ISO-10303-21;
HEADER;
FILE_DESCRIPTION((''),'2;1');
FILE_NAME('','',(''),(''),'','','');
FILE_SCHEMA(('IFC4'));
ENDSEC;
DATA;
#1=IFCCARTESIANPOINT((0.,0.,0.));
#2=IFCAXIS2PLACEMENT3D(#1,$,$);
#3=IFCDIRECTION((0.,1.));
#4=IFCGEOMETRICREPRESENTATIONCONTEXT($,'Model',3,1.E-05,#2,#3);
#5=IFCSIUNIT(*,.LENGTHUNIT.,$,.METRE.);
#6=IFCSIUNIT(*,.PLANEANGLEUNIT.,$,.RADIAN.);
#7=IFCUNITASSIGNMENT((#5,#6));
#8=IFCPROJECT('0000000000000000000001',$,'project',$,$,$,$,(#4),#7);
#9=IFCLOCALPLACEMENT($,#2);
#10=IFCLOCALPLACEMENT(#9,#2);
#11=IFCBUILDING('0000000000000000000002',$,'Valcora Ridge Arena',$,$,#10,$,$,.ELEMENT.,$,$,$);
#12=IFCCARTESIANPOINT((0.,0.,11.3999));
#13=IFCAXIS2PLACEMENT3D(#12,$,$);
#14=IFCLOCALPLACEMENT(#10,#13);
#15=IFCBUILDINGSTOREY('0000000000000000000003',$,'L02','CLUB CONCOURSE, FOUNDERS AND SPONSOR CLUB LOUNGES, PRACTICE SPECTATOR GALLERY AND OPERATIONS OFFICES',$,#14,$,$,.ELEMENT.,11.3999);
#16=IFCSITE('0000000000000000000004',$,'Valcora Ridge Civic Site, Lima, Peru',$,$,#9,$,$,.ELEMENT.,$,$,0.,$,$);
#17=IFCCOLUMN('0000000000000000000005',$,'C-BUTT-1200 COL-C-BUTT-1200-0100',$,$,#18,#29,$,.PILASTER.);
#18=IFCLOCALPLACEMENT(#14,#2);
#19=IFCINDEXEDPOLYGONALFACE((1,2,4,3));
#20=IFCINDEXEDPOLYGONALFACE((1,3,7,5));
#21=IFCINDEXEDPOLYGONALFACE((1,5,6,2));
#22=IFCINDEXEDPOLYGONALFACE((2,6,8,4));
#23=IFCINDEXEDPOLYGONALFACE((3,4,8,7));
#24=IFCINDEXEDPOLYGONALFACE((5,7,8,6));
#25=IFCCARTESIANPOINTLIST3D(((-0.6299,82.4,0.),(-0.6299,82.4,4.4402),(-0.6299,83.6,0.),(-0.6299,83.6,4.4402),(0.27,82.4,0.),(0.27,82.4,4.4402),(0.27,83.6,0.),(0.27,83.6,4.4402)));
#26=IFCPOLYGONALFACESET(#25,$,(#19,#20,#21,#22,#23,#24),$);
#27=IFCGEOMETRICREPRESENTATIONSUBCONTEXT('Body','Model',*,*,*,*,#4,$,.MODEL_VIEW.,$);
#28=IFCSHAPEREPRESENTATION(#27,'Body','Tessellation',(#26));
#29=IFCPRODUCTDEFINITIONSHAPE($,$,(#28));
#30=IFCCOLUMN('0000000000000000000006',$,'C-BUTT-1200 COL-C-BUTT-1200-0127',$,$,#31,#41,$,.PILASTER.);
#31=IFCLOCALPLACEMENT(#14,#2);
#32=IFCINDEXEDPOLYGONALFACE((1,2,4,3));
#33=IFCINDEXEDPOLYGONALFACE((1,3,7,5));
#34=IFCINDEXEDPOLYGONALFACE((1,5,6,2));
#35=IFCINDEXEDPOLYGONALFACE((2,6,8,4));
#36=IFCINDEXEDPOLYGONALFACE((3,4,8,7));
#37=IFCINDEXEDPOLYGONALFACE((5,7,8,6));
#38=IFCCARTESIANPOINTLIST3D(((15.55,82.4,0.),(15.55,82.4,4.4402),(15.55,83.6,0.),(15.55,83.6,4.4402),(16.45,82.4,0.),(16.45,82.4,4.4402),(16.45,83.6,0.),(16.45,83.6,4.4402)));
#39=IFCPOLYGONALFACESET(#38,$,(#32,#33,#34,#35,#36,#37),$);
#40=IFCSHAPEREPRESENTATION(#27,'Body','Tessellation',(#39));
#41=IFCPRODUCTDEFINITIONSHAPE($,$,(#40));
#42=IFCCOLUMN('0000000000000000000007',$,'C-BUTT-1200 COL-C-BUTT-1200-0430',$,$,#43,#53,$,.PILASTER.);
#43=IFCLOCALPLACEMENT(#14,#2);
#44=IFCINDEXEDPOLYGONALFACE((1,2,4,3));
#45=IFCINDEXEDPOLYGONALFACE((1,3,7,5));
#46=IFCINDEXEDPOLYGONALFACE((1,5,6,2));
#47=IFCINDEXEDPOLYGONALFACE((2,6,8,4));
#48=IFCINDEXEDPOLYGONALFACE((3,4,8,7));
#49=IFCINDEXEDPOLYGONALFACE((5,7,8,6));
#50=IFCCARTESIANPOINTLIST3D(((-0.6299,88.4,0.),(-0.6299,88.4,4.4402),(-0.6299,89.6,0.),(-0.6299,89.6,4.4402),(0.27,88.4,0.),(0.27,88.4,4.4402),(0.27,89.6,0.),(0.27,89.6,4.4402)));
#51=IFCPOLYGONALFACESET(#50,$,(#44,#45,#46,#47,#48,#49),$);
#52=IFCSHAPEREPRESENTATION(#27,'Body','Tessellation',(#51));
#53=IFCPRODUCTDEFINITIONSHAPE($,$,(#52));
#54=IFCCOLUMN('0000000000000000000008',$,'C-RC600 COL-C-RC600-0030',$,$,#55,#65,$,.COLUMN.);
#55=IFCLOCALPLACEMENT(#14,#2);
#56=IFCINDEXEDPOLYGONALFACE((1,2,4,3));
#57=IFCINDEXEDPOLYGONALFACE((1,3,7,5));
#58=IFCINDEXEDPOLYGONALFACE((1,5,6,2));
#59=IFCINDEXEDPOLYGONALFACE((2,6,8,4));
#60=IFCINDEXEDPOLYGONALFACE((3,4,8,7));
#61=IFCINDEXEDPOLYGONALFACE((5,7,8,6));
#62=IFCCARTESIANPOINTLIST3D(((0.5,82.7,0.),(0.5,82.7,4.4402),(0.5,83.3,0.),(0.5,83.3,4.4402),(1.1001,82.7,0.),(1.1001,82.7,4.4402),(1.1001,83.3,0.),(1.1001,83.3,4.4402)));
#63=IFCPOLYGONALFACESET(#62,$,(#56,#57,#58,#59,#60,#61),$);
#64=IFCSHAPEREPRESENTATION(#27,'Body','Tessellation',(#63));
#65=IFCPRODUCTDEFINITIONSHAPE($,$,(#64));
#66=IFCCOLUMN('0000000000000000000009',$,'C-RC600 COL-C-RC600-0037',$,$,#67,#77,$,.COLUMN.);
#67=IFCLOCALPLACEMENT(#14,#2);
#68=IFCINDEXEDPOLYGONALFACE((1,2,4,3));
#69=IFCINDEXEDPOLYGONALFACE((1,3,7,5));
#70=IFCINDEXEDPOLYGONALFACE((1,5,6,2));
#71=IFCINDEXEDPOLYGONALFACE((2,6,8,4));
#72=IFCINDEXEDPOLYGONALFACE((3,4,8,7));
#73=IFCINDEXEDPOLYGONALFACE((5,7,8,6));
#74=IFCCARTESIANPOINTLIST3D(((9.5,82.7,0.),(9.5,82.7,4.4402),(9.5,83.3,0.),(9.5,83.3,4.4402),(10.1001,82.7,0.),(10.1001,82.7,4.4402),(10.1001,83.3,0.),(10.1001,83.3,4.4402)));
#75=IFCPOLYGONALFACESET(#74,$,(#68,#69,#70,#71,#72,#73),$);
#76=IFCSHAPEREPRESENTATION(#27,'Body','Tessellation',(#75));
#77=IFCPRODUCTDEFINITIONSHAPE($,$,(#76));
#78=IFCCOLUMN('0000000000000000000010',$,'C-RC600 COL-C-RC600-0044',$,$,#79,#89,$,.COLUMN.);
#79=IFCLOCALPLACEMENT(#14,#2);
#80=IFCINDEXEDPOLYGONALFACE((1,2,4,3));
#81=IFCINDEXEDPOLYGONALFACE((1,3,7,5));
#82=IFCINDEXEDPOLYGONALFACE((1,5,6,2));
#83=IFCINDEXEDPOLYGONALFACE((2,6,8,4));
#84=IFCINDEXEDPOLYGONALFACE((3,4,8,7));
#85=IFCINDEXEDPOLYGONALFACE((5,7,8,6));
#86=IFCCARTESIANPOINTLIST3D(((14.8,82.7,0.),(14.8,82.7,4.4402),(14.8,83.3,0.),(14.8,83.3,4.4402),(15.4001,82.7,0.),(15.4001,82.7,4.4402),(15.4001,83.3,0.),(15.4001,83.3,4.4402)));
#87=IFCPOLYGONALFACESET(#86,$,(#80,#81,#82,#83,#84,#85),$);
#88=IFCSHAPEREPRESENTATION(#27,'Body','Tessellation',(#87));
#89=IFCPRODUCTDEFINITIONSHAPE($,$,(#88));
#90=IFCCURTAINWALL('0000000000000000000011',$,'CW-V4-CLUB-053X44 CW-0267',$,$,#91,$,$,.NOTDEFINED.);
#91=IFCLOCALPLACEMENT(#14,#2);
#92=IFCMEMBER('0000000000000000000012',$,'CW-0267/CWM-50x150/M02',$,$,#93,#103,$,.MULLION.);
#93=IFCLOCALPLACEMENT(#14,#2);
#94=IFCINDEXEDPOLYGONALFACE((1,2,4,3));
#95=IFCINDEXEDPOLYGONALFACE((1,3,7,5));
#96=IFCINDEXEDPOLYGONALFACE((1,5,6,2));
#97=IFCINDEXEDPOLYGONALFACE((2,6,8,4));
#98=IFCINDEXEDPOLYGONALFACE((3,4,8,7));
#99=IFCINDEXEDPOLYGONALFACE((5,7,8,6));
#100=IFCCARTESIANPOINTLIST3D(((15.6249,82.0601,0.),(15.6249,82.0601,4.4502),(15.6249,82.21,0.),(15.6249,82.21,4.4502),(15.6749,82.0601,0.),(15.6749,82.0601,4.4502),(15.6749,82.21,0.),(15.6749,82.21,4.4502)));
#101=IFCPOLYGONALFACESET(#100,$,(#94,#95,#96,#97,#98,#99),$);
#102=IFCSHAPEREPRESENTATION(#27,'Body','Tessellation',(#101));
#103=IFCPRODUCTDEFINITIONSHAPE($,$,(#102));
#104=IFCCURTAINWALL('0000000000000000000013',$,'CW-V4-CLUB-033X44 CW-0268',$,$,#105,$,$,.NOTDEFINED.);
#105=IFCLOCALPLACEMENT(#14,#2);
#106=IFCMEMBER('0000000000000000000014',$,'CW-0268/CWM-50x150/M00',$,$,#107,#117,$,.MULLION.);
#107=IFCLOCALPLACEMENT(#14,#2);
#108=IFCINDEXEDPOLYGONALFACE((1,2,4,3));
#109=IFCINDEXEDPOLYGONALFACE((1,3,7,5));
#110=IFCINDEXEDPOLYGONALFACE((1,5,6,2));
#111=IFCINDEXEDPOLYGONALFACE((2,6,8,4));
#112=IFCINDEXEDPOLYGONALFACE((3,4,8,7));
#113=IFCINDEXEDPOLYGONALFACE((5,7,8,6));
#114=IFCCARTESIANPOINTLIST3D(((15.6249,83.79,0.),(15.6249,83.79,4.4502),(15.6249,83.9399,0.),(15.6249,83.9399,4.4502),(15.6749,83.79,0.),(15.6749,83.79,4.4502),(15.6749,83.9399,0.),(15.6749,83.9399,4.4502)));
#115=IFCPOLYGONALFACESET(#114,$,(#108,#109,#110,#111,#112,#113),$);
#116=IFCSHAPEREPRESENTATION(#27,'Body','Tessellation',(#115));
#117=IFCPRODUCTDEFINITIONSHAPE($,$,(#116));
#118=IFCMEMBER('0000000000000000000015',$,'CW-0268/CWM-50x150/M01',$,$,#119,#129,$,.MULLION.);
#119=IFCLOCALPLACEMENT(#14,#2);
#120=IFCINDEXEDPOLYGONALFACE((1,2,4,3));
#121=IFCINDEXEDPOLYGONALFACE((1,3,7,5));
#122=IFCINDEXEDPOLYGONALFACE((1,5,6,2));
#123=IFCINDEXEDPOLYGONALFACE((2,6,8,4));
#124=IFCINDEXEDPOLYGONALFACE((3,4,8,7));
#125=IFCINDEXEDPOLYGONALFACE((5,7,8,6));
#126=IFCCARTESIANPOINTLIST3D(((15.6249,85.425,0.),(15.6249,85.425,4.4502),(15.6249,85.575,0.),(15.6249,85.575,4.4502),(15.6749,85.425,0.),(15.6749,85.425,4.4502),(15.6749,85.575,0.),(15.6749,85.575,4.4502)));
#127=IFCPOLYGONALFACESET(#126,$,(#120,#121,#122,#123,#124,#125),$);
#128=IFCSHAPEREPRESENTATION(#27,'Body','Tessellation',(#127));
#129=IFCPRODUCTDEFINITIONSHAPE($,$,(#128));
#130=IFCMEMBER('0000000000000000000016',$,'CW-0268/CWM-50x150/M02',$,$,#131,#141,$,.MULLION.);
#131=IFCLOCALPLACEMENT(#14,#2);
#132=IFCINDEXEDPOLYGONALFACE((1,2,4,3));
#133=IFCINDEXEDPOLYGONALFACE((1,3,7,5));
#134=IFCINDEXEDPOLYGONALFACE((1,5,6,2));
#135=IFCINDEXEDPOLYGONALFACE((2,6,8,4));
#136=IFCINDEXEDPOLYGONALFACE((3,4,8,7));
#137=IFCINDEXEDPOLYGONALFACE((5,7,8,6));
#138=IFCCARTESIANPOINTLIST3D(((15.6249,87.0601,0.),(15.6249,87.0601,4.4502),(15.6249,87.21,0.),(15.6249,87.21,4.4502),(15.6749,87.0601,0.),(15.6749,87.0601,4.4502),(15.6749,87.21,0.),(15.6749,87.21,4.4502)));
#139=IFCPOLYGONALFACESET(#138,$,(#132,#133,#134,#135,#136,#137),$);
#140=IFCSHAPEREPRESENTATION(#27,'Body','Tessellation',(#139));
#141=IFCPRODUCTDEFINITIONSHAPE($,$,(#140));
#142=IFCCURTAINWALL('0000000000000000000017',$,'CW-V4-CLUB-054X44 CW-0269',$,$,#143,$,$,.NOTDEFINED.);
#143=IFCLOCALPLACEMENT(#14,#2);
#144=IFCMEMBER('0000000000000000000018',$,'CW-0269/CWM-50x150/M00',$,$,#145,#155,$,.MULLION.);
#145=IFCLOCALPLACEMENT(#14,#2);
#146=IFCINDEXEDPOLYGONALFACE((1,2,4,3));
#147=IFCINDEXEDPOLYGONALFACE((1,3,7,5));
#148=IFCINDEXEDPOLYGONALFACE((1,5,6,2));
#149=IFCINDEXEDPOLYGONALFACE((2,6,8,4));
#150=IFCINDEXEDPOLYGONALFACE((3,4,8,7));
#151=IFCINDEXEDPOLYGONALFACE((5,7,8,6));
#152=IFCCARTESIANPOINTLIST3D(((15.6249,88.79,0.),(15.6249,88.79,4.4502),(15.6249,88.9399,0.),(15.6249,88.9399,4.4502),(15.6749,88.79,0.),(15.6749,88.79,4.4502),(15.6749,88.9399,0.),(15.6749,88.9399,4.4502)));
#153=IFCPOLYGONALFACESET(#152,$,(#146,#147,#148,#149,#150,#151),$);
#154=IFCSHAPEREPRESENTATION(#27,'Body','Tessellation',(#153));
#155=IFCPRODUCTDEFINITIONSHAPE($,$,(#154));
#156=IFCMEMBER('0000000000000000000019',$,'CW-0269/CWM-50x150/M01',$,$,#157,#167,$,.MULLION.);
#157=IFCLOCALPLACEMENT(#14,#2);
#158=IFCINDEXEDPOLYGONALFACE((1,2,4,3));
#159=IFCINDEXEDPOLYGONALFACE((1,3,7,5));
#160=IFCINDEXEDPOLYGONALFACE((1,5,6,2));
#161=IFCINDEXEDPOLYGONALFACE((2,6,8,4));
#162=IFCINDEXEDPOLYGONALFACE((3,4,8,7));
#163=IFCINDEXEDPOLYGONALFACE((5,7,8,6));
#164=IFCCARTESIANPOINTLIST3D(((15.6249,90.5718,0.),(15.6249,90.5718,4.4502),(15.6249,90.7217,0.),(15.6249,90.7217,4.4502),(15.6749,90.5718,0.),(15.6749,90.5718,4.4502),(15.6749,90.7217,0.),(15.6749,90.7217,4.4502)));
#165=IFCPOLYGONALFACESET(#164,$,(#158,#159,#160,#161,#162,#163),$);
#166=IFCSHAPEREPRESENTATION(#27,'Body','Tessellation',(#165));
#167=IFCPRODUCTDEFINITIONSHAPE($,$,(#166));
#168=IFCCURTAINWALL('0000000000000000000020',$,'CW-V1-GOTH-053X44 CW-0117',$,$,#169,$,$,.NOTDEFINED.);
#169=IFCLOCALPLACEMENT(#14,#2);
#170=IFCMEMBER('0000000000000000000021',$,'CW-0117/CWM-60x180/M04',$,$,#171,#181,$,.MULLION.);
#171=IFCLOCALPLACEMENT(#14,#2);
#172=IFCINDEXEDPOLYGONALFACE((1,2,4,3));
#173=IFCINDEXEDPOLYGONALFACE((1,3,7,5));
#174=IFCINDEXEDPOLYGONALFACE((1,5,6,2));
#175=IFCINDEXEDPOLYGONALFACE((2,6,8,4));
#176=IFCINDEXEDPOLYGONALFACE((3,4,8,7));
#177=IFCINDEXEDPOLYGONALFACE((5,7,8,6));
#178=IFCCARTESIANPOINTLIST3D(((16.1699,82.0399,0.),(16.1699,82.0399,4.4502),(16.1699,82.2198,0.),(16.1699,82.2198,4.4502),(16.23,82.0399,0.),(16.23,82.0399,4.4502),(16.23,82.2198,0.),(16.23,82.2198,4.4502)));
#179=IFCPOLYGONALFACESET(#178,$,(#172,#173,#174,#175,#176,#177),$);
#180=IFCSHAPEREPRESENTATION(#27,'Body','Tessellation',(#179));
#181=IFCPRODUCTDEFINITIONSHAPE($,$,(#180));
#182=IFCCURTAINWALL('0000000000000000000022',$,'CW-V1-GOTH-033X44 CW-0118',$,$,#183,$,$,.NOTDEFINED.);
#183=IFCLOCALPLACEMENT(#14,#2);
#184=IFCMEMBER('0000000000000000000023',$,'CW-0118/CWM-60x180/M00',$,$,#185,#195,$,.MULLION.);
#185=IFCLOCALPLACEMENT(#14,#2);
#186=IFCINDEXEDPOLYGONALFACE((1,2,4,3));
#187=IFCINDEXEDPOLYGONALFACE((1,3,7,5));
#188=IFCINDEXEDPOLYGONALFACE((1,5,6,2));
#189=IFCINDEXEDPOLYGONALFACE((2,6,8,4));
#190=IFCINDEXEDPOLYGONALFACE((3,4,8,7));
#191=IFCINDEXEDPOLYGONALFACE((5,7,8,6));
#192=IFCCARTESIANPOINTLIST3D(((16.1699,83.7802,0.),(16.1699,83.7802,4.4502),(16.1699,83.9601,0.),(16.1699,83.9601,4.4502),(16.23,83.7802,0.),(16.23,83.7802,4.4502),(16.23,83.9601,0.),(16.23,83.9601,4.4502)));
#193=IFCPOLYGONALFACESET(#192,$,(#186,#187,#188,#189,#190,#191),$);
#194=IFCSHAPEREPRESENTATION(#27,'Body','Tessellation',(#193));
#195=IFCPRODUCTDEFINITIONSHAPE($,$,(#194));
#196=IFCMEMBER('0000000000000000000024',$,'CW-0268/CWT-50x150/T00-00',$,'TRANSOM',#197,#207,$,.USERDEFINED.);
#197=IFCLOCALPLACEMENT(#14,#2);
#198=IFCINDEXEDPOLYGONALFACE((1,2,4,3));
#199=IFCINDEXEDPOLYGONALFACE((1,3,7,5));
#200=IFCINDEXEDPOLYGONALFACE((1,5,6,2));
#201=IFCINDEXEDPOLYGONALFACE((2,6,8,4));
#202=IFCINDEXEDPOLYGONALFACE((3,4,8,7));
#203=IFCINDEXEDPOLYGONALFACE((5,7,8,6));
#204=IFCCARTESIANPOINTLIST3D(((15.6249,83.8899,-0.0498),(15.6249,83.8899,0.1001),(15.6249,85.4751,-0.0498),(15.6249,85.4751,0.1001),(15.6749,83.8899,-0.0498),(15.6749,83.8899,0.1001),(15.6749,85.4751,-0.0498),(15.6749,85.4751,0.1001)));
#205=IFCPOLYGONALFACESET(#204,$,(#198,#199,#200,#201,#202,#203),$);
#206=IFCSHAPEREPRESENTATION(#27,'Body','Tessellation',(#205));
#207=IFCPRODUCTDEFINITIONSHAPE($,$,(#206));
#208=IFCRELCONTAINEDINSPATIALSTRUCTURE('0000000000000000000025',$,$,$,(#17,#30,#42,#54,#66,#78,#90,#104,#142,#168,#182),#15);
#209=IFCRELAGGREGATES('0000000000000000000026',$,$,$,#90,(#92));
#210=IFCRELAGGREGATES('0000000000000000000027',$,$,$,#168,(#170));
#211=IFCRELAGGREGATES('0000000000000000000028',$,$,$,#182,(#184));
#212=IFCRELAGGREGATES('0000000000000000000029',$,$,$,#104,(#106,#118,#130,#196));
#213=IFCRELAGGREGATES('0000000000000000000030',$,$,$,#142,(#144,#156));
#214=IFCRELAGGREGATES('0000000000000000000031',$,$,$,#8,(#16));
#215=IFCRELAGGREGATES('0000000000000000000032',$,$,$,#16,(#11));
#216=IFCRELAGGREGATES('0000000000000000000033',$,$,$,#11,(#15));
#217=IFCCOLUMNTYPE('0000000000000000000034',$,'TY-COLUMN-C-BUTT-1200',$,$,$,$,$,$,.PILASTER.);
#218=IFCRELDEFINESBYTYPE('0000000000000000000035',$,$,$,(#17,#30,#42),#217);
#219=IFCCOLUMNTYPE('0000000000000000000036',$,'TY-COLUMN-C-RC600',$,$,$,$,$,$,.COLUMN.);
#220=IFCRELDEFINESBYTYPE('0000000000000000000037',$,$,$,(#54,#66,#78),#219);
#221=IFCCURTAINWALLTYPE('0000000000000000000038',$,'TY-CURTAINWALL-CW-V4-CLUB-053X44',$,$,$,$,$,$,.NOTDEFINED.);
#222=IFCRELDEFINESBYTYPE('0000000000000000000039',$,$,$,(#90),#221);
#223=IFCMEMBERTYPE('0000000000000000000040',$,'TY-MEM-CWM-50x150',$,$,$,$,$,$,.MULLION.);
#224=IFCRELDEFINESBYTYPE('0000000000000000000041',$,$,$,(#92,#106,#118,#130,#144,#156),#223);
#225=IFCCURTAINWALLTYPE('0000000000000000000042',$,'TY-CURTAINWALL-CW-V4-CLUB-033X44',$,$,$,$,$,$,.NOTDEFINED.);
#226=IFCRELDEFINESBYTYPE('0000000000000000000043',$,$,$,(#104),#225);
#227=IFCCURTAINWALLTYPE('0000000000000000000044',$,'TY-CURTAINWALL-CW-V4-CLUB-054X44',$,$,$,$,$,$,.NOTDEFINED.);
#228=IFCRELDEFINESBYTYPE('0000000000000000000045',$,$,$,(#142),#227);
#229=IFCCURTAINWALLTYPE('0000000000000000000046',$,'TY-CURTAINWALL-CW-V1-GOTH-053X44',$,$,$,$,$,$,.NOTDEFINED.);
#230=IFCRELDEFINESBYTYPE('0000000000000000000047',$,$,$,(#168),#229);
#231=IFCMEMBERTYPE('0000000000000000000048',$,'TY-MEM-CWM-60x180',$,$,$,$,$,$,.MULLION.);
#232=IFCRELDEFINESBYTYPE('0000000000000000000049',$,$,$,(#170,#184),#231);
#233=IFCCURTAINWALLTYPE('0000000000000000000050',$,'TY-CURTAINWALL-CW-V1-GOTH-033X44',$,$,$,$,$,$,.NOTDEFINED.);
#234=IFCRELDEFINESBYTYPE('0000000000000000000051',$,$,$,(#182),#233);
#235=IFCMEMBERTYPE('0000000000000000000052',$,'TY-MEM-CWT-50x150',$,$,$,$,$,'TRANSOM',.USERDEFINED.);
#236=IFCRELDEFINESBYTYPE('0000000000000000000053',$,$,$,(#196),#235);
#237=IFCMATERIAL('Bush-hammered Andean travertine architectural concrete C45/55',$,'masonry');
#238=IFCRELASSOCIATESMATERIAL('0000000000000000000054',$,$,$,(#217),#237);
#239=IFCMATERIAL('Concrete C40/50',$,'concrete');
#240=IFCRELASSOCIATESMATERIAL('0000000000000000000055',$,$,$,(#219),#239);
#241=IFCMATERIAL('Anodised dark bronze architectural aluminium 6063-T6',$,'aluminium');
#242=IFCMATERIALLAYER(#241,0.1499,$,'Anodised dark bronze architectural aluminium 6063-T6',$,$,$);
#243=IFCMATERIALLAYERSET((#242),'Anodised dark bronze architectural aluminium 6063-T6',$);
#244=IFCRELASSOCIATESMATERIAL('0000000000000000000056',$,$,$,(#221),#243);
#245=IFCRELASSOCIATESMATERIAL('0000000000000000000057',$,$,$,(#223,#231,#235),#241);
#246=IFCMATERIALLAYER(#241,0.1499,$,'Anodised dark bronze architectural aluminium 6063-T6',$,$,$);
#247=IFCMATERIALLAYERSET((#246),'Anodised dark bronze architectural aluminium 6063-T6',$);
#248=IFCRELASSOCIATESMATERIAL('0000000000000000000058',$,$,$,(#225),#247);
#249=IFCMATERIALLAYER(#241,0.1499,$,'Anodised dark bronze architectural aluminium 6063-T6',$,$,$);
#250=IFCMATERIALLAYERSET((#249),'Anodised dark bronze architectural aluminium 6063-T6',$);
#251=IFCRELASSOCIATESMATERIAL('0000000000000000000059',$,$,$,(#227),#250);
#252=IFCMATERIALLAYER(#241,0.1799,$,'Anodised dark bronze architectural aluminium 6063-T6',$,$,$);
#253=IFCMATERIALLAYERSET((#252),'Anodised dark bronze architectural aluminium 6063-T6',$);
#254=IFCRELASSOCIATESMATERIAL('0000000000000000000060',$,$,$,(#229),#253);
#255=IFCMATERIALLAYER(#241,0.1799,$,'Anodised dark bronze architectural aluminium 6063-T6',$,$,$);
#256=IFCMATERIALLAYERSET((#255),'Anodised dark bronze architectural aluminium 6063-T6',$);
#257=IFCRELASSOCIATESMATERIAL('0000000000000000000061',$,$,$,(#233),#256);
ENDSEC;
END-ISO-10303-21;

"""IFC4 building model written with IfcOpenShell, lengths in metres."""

from ifc_helpers import new_model, si_unit, direction, frame, origin, origin_2d, place, context, subcontext, project, spatial, rectangle, extrude, material, layer, layer_set, material_profile, profile_set, type_object, element, aggregate, save


model = new_model("IFC4")

# Units and contexts
model_context = context("Model", 3, precision=1e-05, world=origin(), true_north=direction((0.0, 1.0)))
body_context = subcontext(model_context, "Body", "Model", "MODEL_VIEW")
ifc_project = project(units=[si_unit("LENGTHUNIT", "METRE"), si_unit("PLANEANGLEUNIT", "RADIAN")], contexts=[model_context])

# Site, building, storey
site_placement = place(None, origin())
site = spatial("IfcSite", under=ifc_project, at=site_placement, Name="Valcora Ridge Civic Site, Lima, Peru", CompositionType="ELEMENT", RefElevation=0.0)
building_placement = place(site_placement, origin())
building = spatial("IfcBuilding", under=site, at=building_placement, Name="Valcora Ridge Arena", CompositionType="ELEMENT")
storey_placement = place(building_placement, frame((0.0, 0.0, 11.3999)))
storey = spatial("IfcBuildingStorey", under=building, at=storey_placement, Name="L02", Description="CLUB CONCOURSE, FOUNDERS AND SPONSOR CLUB LOUNGES, PRACTICE SPECTATOR GALLERY AND OPERATIONS OFFICES", CompositionType="ELEMENT", Elevation=11.3999)

# Columns
ifc_material_1 = material(Name="Bush-hammered Andean travertine architectural concrete C45/55", Category="masonry")
ifc_material_profile_1 = material_profile(ifc_material_1, rectangle(XDim=0.8999, YDim=1.2, at=origin_2d()), Name="RC 900x1200")
ifc_profile_set_1 = profile_set([ifc_material_profile_1], Name="Bush-hammered Andean travertine architectural concrete C45/55")
column_type_1 = type_object("IfcColumnType", Name="TY-COLUMN-C-BUTT-1200", PredefinedType="PILASTER", material=ifc_profile_set_1)
for number, where, z_axis, x_axis, name in (
    (1, (-0.1799, 83.0, 0.0), (0.0, 0.0, 1.0), (1.0, 0.0, 0.0), "C-BUTT-1200 COL-C-BUTT-1200-0100"),
    (2, (16.0, 83.0, 0.0), (0.0, 0.0, 1.0), (1.0, 0.0, 0.0), "C-BUTT-1200 COL-C-BUTT-1200-0127"),
    (3, (-0.1799, 89.0, 0.0), (0.0, 0.0, 1.0), (1.0, 0.0, 0.0), "C-BUTT-1200 COL-C-BUTT-1200-0430"),
):
    element("IfcColumn", number, at=place(storey_placement, frame(where, z_axis=z_axis, x_axis=x_axis)), inside=storey, type_object=column_type_1, Name=name, PredefinedType="PILASTER", context=body_context, shape_type="SweptSolid", body=[
        extrude(rectangle(XDim=0.8999, YDim=1.2, at=origin_2d()), origin(), (0.0, 0.0, 1.0), 4.4402),
    ])
ifc_material_2 = material(Name="Concrete C40/50", Category="concrete")
ifc_material_profile_2 = material_profile(ifc_material_2, rectangle(XDim=0.6001, YDim=0.6001, at=origin_2d()), Name="RC 600x600")
ifc_profile_set_2 = profile_set([ifc_material_profile_2], Name="Concrete C40/50")
column_type_2 = type_object("IfcColumnType", Name="TY-COLUMN-C-RC600", PredefinedType="COLUMN", material=ifc_profile_set_2)
for number, where, z_axis, x_axis, name in (
    (4, (0.8, 83.0, 0.0), (0.0, 0.0, 1.0), (1.0, 0.0, 0.0), "C-RC600 COL-C-RC600-0030"),
    (5, (9.8, 83.0, 0.0), (0.0, 0.0, 1.0), (1.0, 0.0, 0.0), "C-RC600 COL-C-RC600-0037"),
    (6, (15.1001, 83.0, 0.0), (0.0, 0.0, 1.0), (1.0, 0.0, 0.0), "C-RC600 COL-C-RC600-0044"),
):
    element("IfcColumn", number, at=place(storey_placement, frame(where, z_axis=z_axis, x_axis=x_axis)), inside=storey, type_object=column_type_2, Name=name, PredefinedType="COLUMN", context=body_context, shape_type="SweptSolid", body=[
        extrude(rectangle(XDim=0.6001, YDim=0.6001, at=origin_2d()), origin(), (0.0, 0.0, 1.0), 4.4402),
    ])

# Curtain wall, member
ifc_material_3 = material(Name="Anodised dark bronze architectural aluminium 6063-T6", Category="aluminium")
ifc_layer_1 = layer(ifc_material_3, 0.1499, Name="Anodised dark bronze architectural aluminium 6063-T6")
ifc_layer_set_1 = layer_set([ifc_layer_1], Name="Anodised dark bronze architectural aluminium 6063-T6")
curtain_wall_type_1 = type_object("IfcCurtainWallType", Name="TY-CURTAINWALL-CW-V4-CLUB-053X44", PredefinedType="NOTDEFINED", material=ifc_layer_set_1)
curtain_wall_1_placement = place(storey_placement, origin())
curtain_wall_1 = element("IfcCurtainWall", 7, at=curtain_wall_1_placement, inside=storey, type_object=curtain_wall_type_1, Name="CW-V4-CLUB-053X44 CW-0267", PredefinedType="NOTDEFINED")
ifc_material_profile_3 = material_profile(ifc_material_3, rectangle(XDim=0.05, YDim=0.1499, at=origin_2d()), Name="ALU MULLION 50x150")
ifc_profile_set_3 = profile_set([ifc_material_profile_3], Name="Anodised dark bronze architectural aluminium 6063-T6")
member_type_1 = type_object("IfcMemberType", Name="TY-MEM-CWM-50x150", PredefinedType="MULLION", material=ifc_profile_set_3)
member_1_placement = place(storey_placement, frame((15.6499, 82.135, 0.0), z_axis=(0.0, 0.0, 1.0), x_axis=(-1.0, 0.0, 0.0)))
member_1 = element("IfcMember", 8, at=member_1_placement, type_object=member_type_1, Name="CW-0267/CWM-50x150/M02", PredefinedType="MULLION", context=body_context, shape_type="SweptSolid", body=[
    extrude(rectangle(XDim=0.05, YDim=0.1499, at=origin_2d()), origin(), (0.0, 0.0, 1.0), 4.4502),
])
aggregate(curtain_wall_1, [member_1])

# Curtain walls, members
ifc_layer_2 = layer(ifc_material_3, 0.1499, Name="Anodised dark bronze architectural aluminium 6063-T6")
ifc_layer_set_2 = layer_set([ifc_layer_2], Name="Anodised dark bronze architectural aluminium 6063-T6")
curtain_wall_type_2 = type_object("IfcCurtainWallType", Name="TY-CURTAINWALL-CW-V4-CLUB-033X44", PredefinedType="NOTDEFINED", material=ifc_layer_set_2)
curtain_wall_2_placement = place(storey_placement, origin())
curtain_wall_2 = element("IfcCurtainWall", 9, at=curtain_wall_2_placement, inside=storey, type_object=curtain_wall_type_2, Name="CW-V4-CLUB-033X44 CW-0268", PredefinedType="NOTDEFINED")
member_2_placement = place(storey_placement, frame((15.6499, 83.865, 0.0), z_axis=(0.0, 0.0, 1.0), x_axis=(-1.0, 0.0, 0.0)))
member_2 = element("IfcMember", 10, at=member_2_placement, type_object=member_type_1, Name="CW-0268/CWM-50x150/M00", PredefinedType="MULLION", context=body_context, shape_type="SweptSolid", body=[
    extrude(rectangle(XDim=0.05, YDim=0.1499, at=origin_2d()), origin(), (0.0, 0.0, 1.0), 4.4502),
])
member_3_placement = place(storey_placement, frame((15.6499, 85.5, 0.0), z_axis=(0.0, 0.0, 1.0), x_axis=(-1.0, 0.0, 0.0)))
member_3 = element("IfcMember", 11, at=member_3_placement, type_object=member_type_1, Name="CW-0268/CWM-50x150/M01", PredefinedType="MULLION", context=body_context, shape_type="SweptSolid", body=[
    extrude(rectangle(XDim=0.05, YDim=0.1499, at=origin_2d()), origin(), (0.0, 0.0, 1.0), 4.4502),
])
member_4_placement = place(storey_placement, frame((15.6499, 87.135, 0.0), z_axis=(0.0, 0.0, 1.0), x_axis=(-1.0, 0.0, 0.0)))
member_4 = element("IfcMember", 12, at=member_4_placement, type_object=member_type_1, Name="CW-0268/CWM-50x150/M02", PredefinedType="MULLION", context=body_context, shape_type="SweptSolid", body=[
    extrude(rectangle(XDim=0.05, YDim=0.1499, at=origin_2d()), origin(), (0.0, 0.0, 1.0), 4.4502),
])
ifc_layer_3 = layer(ifc_material_3, 0.1499, Name="Anodised dark bronze architectural aluminium 6063-T6")
ifc_layer_set_3 = layer_set([ifc_layer_3], Name="Anodised dark bronze architectural aluminium 6063-T6")
curtain_wall_type_3 = type_object("IfcCurtainWallType", Name="TY-CURTAINWALL-CW-V4-CLUB-054X44", PredefinedType="NOTDEFINED", material=ifc_layer_set_3)
curtain_wall_3_placement = place(storey_placement, origin())
curtain_wall_3 = element("IfcCurtainWall", 13, at=curtain_wall_3_placement, inside=storey, type_object=curtain_wall_type_3, Name="CW-V4-CLUB-054X44 CW-0269", PredefinedType="NOTDEFINED")
member_5_placement = place(storey_placement, frame((15.6499, 88.865, 0.0), z_axis=(0.0, 0.0, 1.0), x_axis=(-1.0, 0.0, 0.0)))
member_5 = element("IfcMember", 14, at=member_5_placement, type_object=member_type_1, Name="CW-0269/CWM-50x150/M00", PredefinedType="MULLION", context=body_context, shape_type="SweptSolid", body=[
    extrude(rectangle(XDim=0.05, YDim=0.1499, at=origin_2d()), origin(), (0.0, 0.0, 1.0), 4.4502),
])
member_6_placement = place(storey_placement, frame((15.6499, 90.6467, 0.0), z_axis=(0.0, 0.0, 1.0), x_axis=(-1.0, 0.0, 0.0)))
member_6 = element("IfcMember", 15, at=member_6_placement, type_object=member_type_1, Name="CW-0269/CWM-50x150/M01", PredefinedType="MULLION", context=body_context, shape_type="SweptSolid", body=[
    extrude(rectangle(XDim=0.05, YDim=0.1499, at=origin_2d()), origin(), (0.0, 0.0, 1.0), 4.4502),
])

# Curtain walls, members
ifc_layer_4 = layer(ifc_material_3, 0.1799, Name="Anodised dark bronze architectural aluminium 6063-T6")
ifc_layer_set_4 = layer_set([ifc_layer_4], Name="Anodised dark bronze architectural aluminium 6063-T6")
curtain_wall_type_4 = type_object("IfcCurtainWallType", Name="TY-CURTAINWALL-CW-V1-GOTH-053X44", PredefinedType="NOTDEFINED", material=ifc_layer_set_4)
curtain_wall_4_placement = place(storey_placement, origin())
curtain_wall_4 = element("IfcCurtainWall", 16, at=curtain_wall_4_placement, inside=storey, type_object=curtain_wall_type_4, Name="CW-V1-GOTH-053X44 CW-0117", PredefinedType="NOTDEFINED")
ifc_material_profile_4 = material_profile(ifc_material_3, rectangle(XDim=0.0601, YDim=0.1799, at=origin_2d()), Name="ALU MULLION 60x180")
ifc_profile_set_4 = profile_set([ifc_material_profile_4], Name="Anodised dark bronze architectural aluminium 6063-T6")
member_type_2 = type_object("IfcMemberType", Name="TY-MEM-CWM-60x180", PredefinedType="MULLION", material=ifc_profile_set_4)
member_7_placement = place(storey_placement, frame((16.2, 82.1299, 0.0), z_axis=(0.0, 0.0, 1.0), x_axis=(-1.0, 0.0, 0.0)))
member_7 = element("IfcMember", 17, at=member_7_placement, type_object=member_type_2, Name="CW-0117/CWM-60x180/M04", PredefinedType="MULLION", context=body_context, shape_type="SweptSolid", body=[
    extrude(rectangle(XDim=0.0601, YDim=0.1799, at=origin_2d()), origin(), (0.0, 0.0, 1.0), 4.4502),
])
aggregate(curtain_wall_4, [member_7])
ifc_layer_5 = layer(ifc_material_3, 0.1799, Name="Anodised dark bronze architectural aluminium 6063-T6")
ifc_layer_set_5 = layer_set([ifc_layer_5], Name="Anodised dark bronze architectural aluminium 6063-T6")
curtain_wall_type_5 = type_object("IfcCurtainWallType", Name="TY-CURTAINWALL-CW-V1-GOTH-033X44", PredefinedType="NOTDEFINED", material=ifc_layer_set_5)
curtain_wall_5_placement = place(storey_placement, origin())
curtain_wall_5 = element("IfcCurtainWall", 18, at=curtain_wall_5_placement, inside=storey, type_object=curtain_wall_type_5, Name="CW-V1-GOTH-033X44 CW-0118", PredefinedType="NOTDEFINED")
member_8_placement = place(storey_placement, frame((16.2, 83.8701, 0.0), z_axis=(0.0, 0.0, 1.0), x_axis=(-1.0, 0.0, 0.0)))
member_8 = element("IfcMember", 19, at=member_8_placement, type_object=member_type_2, Name="CW-0118/CWM-60x180/M00", PredefinedType="MULLION", context=body_context, shape_type="SweptSolid", body=[
    extrude(rectangle(XDim=0.0601, YDim=0.1799, at=origin_2d()), origin(), (0.0, 0.0, 1.0), 4.4502),
])

# Member
ifc_material_profile_5 = material_profile(ifc_material_3, rectangle(XDim=0.05, YDim=0.1499, at=origin_2d()), Name="ALU TRANSOM 50x150")
ifc_profile_set_5 = profile_set([ifc_material_profile_5], Name="Anodised dark bronze architectural aluminium 6063-T6")
member_type_3 = type_object("IfcMemberType", Name="TY-MEM-CWT-50x150", ElementType="TRANSOM", PredefinedType="USERDEFINED", material=ifc_profile_set_5)
member_9_placement = place(storey_placement, frame((15.6499, 83.8899, 0.0251), z_axis=(0.0, 1.0, 0.0), x_axis=(-1.0, 0.0, 0.0)))
member_9 = element("IfcMember", 20, at=member_9_placement, type_object=member_type_3, Name="CW-0268/CWT-50x150/T00-00", ObjectType="TRANSOM", PredefinedType="USERDEFINED", context=body_context, shape_type="SweptSolid", body=[
    extrude(rectangle(XDim=0.05, YDim=0.1499, at=origin_2d()), origin(), (0.0, 0.0, 1.0), 1.5852),
])
aggregate(curtain_wall_5, [member_8])

aggregate(curtain_wall_2, [member_2, member_3, member_4, member_9])
aggregate(curtain_wall_3, [member_5, member_6])

save(model, "model.ifc")
